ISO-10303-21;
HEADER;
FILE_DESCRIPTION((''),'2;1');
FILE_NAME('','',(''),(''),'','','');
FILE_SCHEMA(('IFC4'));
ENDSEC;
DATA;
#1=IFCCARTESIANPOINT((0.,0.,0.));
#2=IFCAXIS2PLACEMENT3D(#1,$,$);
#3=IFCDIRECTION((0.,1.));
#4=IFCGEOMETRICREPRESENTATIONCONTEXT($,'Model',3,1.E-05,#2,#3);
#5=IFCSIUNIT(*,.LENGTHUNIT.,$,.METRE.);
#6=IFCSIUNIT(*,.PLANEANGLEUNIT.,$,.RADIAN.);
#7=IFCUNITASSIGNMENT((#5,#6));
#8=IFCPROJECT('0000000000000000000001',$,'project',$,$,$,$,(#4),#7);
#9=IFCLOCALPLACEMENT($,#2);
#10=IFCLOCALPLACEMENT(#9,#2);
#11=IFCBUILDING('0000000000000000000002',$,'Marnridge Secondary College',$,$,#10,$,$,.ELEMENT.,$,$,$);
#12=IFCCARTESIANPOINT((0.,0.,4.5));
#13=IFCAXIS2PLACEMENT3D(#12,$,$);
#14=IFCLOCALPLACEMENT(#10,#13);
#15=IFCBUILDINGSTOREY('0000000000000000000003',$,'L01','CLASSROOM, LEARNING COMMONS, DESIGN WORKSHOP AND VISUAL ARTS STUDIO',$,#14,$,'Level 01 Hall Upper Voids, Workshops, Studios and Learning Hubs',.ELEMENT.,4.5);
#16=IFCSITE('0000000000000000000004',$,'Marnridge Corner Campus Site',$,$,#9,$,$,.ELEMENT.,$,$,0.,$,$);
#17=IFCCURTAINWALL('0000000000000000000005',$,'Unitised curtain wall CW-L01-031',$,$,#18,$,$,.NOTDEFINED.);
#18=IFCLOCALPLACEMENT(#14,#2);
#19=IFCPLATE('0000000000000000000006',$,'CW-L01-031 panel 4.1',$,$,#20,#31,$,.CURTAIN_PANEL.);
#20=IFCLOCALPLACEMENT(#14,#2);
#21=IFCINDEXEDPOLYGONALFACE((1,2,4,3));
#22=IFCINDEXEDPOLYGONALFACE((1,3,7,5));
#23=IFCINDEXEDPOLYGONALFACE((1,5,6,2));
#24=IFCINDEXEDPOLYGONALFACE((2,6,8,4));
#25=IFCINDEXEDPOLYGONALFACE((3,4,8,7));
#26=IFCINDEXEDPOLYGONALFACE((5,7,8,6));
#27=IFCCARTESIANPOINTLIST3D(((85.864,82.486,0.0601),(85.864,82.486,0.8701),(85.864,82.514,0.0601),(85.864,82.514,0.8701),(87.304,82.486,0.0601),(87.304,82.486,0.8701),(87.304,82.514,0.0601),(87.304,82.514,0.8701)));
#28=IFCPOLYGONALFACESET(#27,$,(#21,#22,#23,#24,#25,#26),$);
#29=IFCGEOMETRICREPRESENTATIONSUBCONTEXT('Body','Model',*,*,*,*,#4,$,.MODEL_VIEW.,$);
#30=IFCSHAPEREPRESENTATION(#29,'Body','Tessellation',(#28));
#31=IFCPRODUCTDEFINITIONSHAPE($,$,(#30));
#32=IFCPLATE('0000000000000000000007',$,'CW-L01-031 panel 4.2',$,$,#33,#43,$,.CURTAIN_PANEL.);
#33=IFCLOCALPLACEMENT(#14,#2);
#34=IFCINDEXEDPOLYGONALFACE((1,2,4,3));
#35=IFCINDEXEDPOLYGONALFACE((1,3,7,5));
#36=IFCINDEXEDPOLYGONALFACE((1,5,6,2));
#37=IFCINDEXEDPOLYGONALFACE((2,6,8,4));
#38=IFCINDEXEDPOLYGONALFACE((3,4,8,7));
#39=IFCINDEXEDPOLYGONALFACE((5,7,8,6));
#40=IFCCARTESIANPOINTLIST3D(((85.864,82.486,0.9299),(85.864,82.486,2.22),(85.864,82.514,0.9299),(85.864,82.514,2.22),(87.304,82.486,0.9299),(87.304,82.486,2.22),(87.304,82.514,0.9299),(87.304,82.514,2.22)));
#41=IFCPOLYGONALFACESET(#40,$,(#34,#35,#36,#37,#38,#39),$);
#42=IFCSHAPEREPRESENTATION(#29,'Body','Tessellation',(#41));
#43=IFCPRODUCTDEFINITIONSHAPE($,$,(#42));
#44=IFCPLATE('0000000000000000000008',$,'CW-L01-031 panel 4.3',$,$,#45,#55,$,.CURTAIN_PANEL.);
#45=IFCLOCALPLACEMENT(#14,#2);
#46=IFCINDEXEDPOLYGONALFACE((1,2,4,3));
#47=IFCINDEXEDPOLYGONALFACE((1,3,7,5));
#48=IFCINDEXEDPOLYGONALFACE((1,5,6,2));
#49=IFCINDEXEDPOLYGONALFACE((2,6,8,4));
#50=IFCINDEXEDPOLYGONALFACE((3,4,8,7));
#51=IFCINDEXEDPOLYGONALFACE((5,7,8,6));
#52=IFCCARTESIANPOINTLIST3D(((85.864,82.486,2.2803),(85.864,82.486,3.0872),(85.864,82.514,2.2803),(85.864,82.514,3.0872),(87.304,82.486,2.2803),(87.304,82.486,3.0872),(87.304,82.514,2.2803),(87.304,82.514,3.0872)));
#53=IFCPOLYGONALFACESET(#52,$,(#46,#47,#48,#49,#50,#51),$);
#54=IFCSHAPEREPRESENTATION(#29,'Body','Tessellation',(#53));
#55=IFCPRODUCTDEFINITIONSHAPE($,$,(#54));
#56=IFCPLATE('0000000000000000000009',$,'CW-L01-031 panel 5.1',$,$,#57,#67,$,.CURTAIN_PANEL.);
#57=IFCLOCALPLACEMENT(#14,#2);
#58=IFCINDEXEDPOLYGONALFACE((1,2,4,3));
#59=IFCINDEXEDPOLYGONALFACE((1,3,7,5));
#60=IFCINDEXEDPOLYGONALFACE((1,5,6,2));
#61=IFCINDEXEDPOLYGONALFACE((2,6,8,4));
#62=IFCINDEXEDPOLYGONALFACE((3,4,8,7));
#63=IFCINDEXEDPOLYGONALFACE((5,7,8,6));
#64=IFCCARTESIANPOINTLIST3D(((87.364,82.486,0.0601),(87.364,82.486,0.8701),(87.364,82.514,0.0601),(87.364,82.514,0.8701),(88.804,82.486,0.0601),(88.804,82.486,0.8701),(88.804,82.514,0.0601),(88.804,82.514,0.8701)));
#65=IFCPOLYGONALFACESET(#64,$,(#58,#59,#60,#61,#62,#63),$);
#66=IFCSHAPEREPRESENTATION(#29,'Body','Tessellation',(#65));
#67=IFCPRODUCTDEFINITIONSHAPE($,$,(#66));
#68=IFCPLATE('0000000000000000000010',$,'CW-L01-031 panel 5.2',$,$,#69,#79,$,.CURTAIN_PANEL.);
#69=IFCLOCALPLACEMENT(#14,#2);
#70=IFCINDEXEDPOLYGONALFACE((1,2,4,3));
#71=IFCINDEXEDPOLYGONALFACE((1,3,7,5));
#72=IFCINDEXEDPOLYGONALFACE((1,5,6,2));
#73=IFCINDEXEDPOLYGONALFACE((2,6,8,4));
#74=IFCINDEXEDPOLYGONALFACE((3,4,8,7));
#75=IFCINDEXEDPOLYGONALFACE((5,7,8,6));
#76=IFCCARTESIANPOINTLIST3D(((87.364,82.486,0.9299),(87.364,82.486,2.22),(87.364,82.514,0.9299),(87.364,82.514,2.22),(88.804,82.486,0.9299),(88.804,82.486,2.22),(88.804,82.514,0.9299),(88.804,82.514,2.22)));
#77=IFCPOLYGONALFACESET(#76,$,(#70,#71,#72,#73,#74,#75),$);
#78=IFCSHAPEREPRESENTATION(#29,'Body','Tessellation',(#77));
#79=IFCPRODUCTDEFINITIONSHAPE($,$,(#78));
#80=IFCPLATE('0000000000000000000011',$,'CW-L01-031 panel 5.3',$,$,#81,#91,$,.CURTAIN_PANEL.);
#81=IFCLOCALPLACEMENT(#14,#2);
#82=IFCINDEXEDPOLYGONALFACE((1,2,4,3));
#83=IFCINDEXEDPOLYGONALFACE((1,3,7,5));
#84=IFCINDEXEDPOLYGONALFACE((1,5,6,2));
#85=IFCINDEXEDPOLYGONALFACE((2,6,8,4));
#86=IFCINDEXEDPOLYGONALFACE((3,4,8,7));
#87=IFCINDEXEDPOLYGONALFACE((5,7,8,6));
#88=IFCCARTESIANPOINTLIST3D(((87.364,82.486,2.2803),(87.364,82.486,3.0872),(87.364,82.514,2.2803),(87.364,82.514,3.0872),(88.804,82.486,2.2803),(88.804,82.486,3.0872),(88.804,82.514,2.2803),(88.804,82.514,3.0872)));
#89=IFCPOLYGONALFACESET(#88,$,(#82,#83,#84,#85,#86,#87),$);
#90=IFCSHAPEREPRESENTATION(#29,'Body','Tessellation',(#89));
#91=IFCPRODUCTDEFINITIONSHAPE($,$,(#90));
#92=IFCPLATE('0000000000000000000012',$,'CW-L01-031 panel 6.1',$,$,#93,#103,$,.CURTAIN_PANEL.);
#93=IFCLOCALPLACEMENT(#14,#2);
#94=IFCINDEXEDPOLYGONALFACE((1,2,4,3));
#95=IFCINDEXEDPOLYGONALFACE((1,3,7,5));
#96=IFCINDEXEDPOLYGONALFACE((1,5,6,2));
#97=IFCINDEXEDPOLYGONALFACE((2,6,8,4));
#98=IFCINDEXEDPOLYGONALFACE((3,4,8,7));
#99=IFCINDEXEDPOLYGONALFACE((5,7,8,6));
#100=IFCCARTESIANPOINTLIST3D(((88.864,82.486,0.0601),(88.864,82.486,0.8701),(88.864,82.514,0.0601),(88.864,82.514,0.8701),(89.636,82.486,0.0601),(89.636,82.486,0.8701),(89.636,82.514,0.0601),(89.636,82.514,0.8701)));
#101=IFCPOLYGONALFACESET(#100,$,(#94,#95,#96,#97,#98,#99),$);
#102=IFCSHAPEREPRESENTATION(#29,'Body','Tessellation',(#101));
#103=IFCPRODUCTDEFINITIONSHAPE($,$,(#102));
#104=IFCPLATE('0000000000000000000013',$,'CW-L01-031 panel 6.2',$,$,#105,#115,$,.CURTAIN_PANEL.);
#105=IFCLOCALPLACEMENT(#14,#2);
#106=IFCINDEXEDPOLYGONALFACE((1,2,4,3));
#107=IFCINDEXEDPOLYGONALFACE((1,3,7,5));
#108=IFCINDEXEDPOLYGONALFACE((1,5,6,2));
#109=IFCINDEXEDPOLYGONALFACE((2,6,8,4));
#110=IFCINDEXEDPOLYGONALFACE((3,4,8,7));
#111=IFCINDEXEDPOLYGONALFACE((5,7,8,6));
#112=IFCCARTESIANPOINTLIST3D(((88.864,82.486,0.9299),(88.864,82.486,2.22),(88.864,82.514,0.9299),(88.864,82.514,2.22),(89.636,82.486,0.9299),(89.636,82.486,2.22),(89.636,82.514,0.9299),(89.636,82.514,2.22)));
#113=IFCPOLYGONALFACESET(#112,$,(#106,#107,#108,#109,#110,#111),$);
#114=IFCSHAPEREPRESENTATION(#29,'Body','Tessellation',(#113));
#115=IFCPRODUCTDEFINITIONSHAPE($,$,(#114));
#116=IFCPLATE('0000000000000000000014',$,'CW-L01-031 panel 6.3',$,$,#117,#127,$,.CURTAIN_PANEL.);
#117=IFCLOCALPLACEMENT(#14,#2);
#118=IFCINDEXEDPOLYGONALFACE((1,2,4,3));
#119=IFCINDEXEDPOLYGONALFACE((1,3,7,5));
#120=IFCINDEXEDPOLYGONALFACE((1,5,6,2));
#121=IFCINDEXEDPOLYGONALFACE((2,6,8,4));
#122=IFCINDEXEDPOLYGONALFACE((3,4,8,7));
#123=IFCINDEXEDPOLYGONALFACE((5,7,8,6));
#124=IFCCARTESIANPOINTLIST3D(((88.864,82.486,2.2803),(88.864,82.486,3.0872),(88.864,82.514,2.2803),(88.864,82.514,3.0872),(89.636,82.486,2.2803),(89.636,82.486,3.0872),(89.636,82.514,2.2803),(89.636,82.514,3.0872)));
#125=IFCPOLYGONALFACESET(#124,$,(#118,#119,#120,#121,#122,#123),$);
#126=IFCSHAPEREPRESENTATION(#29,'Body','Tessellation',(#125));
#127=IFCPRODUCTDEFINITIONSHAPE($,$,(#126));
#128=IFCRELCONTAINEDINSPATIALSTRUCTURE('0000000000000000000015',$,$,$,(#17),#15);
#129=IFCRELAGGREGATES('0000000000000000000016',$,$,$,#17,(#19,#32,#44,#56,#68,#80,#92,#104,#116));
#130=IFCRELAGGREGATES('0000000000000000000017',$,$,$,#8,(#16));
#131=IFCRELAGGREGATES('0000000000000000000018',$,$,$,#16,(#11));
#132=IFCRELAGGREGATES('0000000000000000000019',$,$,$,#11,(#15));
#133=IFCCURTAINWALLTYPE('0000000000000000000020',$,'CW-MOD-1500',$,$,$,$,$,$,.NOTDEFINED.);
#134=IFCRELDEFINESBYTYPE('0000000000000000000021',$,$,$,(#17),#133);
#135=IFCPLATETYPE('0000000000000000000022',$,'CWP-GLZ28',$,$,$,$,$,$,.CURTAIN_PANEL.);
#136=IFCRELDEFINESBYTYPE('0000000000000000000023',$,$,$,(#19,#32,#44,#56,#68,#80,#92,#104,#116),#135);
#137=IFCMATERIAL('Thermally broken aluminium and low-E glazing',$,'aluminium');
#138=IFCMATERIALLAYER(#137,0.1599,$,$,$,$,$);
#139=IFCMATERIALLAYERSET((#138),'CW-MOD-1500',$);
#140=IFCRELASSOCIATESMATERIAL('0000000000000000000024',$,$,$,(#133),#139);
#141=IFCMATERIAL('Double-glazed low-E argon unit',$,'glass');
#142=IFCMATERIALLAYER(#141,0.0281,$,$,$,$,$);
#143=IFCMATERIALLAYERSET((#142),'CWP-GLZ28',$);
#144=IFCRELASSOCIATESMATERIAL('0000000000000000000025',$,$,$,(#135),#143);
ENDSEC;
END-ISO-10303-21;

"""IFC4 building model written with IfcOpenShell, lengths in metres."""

from ifc_helpers import new_model, si_unit, direction, frame, origin, origin_2d, place, context, subcontext, project, spatial, rectangle, extrude, material, layer, layer_set, type_object, element, aggregate, save


model = new_model("IFC4")

# Units and contexts
model_context = context("Model", 3, precision=1e-05, world=origin(), true_north=direction((0.0, 1.0)))
body_context = subcontext(model_context, "Body", "Model", "MODEL_VIEW")
ifc_project = project(units=[si_unit("LENGTHUNIT", "METRE"), si_unit("PLANEANGLEUNIT", "RADIAN")], contexts=[model_context])

# Site, building, storey
site_placement = place(None, origin())
site = spatial("IfcSite", under=ifc_project, at=site_placement, Name="Marnridge Corner Campus Site", CompositionType="ELEMENT", RefElevation=0.0)
building_placement = place(site_placement, origin())
building = spatial("IfcBuilding", under=site, at=building_placement, Name="Marnridge Secondary College", CompositionType="ELEMENT")
storey_placement = place(building_placement, frame((0.0, 0.0, 4.5)))
storey = spatial("IfcBuildingStorey", under=building, at=storey_placement, Name="L01", Description="CLASSROOM, LEARNING COMMONS, DESIGN WORKSHOP AND VISUAL ARTS STUDIO", LongName="Level 01 Hall Upper Voids, Workshops, Studios and Learning Hubs", CompositionType="ELEMENT", Elevation=4.5)

# Curtain wall, plates
ifc_material_1 = material(Name="Thermally broken aluminium and low-E glazing", Category="aluminium")
ifc_layer_1 = layer(ifc_material_1, 0.1599)
ifc_layer_set_1 = layer_set([ifc_layer_1], Name="CW-MOD-1500")
curtain_wall_type = type_object("IfcCurtainWallType", Name="CW-MOD-1500", PredefinedType="NOTDEFINED", material=ifc_layer_set_1)
curtain_wall_placement = place(storey_placement, origin())
curtain_wall = element("IfcCurtainWall", 1, at=curtain_wall_placement, inside=storey, type_object=curtain_wall_type, Name="Unitised curtain wall CW-L01-031", PredefinedType="NOTDEFINED")
ifc_material_2 = material(Name="Double-glazed low-E argon unit", Category="glass")
ifc_layer_2 = layer(ifc_material_2, 0.0281)
ifc_layer_set_2 = layer_set([ifc_layer_2], Name="CWP-GLZ28")
plate_type = type_object("IfcPlateType", Name="CWP-GLZ28", PredefinedType="CURTAIN_PANEL", material=ifc_layer_set_2)
plate_1_placement = place(storey_placement, frame((86.584, 82.5, 0.0601), z_axis=(0.0, 0.0, 1.0), x_axis=(1.0, 0.0, 0.0)))
plate_1 = element("IfcPlate", 2, at=plate_1_placement, type_object=plate_type, Name="CW-L01-031 panel 4.1", PredefinedType="CURTAIN_PANEL", context=body_context, shape_type="SweptSolid", body=[
    extrude(rectangle(XDim=1.4399, YDim=0.0281, at=origin_2d()), origin(), (0.0, 0.0, 1.0), 0.8101),
])
plate_2_placement = place(storey_placement, frame((86.584, 82.5, 0.9299), z_axis=(0.0, 0.0, 1.0), x_axis=(1.0, 0.0, 0.0)))
plate_2 = element("IfcPlate", 3, at=plate_2_placement, type_object=plate_type, Name="CW-L01-031 panel 4.2", PredefinedType="CURTAIN_PANEL", context=body_context, shape_type="SweptSolid", body=[
    extrude(rectangle(XDim=1.4399, YDim=0.0281, at=origin_2d()), origin(), (0.0, 0.0, 1.0), 1.29),
])
plate_3_placement = place(storey_placement, frame((86.584, 82.5, 2.2803), z_axis=(0.0, 0.0, 1.0), x_axis=(1.0, 0.0, 0.0)))
plate_3 = element("IfcPlate", 4, at=plate_3_placement, type_object=plate_type, Name="CW-L01-031 panel 4.3", PredefinedType="CURTAIN_PANEL", context=body_context, shape_type="SweptSolid", body=[
    extrude(rectangle(XDim=1.4399, YDim=0.0281, at=origin_2d()), origin(), (0.0, 0.0, 1.0), 0.8069),
])
plate_4_placement = place(storey_placement, frame((88.084, 82.5, 0.0601), z_axis=(0.0, 0.0, 1.0), x_axis=(1.0, 0.0, 0.0)))
plate_4 = element("IfcPlate", 5, at=plate_4_placement, type_object=plate_type, Name="CW-L01-031 panel 5.1", PredefinedType="CURTAIN_PANEL", context=body_context, shape_type="SweptSolid", body=[
    extrude(rectangle(XDim=1.4399, YDim=0.0281, at=origin_2d()), origin(), (0.0, 0.0, 1.0), 0.8101),
])
plate_5_placement = place(storey_placement, frame((88.084, 82.5, 0.9299), z_axis=(0.0, 0.0, 1.0), x_axis=(1.0, 0.0, 0.0)))
plate_5 = element("IfcPlate", 6, at=plate_5_placement, type_object=plate_type, Name="CW-L01-031 panel 5.2", PredefinedType="CURTAIN_PANEL", context=body_context, shape_type="SweptSolid", body=[
    extrude(rectangle(XDim=1.4399, YDim=0.0281, at=origin_2d()), origin(), (0.0, 0.0, 1.0), 1.29),
])
plate_6_placement = place(storey_placement, frame((88.084, 82.5, 2.2803), z_axis=(0.0, 0.0, 1.0), x_axis=(1.0, 0.0, 0.0)))
plate_6 = element("IfcPlate", 7, at=plate_6_placement, type_object=plate_type, Name="CW-L01-031 panel 5.3", PredefinedType="CURTAIN_PANEL", context=body_context, shape_type="SweptSolid", body=[
    extrude(rectangle(XDim=1.4399, YDim=0.0281, at=origin_2d()), origin(), (0.0, 0.0, 1.0), 0.8069),
])
plate_7_placement = place(storey_placement, frame((89.25, 82.5, 0.0601), z_axis=(0.0, 0.0, 1.0), x_axis=(1.0, 0.0, 0.0)))
plate_7 = element("IfcPlate", 8, at=plate_7_placement, type_object=plate_type, Name="CW-L01-031 panel 6.1", PredefinedType="CURTAIN_PANEL", context=body_context, shape_type="SweptSolid", body=[
    extrude(rectangle(XDim=0.772, YDim=0.0281, at=origin_2d()), origin(), (0.0, 0.0, 1.0), 0.8101),
])
plate_8_placement = place(storey_placement, frame((89.25, 82.5, 0.9299), z_axis=(0.0, 0.0, 1.0), x_axis=(1.0, 0.0, 0.0)))
plate_8 = element("IfcPlate", 9, at=plate_8_placement, type_object=plate_type, Name="CW-L01-031 panel 6.2", PredefinedType="CURTAIN_PANEL", context=body_context, shape_type="SweptSolid", body=[
    extrude(rectangle(XDim=0.772, YDim=0.0281, at=origin_2d()), origin(), (0.0, 0.0, 1.0), 1.29),
])
plate_9_placement = place(storey_placement, frame((89.25, 82.5, 2.2803), z_axis=(0.0, 0.0, 1.0), x_axis=(1.0, 0.0, 0.0)))
plate_9 = element("IfcPlate", 10, at=plate_9_placement, type_object=plate_type, Name="CW-L01-031 panel 6.3", PredefinedType="CURTAIN_PANEL", context=body_context, shape_type="SweptSolid", body=[
    extrude(rectangle(XDim=0.772, YDim=0.0281, at=origin_2d()), origin(), (0.0, 0.0, 1.0), 0.8069),
])
aggregate(curtain_wall, [plate_1, plate_2, plate_3, plate_4, plate_5, plate_6, plate_7, plate_8, plate_9])

save(model, "model.ifc")
